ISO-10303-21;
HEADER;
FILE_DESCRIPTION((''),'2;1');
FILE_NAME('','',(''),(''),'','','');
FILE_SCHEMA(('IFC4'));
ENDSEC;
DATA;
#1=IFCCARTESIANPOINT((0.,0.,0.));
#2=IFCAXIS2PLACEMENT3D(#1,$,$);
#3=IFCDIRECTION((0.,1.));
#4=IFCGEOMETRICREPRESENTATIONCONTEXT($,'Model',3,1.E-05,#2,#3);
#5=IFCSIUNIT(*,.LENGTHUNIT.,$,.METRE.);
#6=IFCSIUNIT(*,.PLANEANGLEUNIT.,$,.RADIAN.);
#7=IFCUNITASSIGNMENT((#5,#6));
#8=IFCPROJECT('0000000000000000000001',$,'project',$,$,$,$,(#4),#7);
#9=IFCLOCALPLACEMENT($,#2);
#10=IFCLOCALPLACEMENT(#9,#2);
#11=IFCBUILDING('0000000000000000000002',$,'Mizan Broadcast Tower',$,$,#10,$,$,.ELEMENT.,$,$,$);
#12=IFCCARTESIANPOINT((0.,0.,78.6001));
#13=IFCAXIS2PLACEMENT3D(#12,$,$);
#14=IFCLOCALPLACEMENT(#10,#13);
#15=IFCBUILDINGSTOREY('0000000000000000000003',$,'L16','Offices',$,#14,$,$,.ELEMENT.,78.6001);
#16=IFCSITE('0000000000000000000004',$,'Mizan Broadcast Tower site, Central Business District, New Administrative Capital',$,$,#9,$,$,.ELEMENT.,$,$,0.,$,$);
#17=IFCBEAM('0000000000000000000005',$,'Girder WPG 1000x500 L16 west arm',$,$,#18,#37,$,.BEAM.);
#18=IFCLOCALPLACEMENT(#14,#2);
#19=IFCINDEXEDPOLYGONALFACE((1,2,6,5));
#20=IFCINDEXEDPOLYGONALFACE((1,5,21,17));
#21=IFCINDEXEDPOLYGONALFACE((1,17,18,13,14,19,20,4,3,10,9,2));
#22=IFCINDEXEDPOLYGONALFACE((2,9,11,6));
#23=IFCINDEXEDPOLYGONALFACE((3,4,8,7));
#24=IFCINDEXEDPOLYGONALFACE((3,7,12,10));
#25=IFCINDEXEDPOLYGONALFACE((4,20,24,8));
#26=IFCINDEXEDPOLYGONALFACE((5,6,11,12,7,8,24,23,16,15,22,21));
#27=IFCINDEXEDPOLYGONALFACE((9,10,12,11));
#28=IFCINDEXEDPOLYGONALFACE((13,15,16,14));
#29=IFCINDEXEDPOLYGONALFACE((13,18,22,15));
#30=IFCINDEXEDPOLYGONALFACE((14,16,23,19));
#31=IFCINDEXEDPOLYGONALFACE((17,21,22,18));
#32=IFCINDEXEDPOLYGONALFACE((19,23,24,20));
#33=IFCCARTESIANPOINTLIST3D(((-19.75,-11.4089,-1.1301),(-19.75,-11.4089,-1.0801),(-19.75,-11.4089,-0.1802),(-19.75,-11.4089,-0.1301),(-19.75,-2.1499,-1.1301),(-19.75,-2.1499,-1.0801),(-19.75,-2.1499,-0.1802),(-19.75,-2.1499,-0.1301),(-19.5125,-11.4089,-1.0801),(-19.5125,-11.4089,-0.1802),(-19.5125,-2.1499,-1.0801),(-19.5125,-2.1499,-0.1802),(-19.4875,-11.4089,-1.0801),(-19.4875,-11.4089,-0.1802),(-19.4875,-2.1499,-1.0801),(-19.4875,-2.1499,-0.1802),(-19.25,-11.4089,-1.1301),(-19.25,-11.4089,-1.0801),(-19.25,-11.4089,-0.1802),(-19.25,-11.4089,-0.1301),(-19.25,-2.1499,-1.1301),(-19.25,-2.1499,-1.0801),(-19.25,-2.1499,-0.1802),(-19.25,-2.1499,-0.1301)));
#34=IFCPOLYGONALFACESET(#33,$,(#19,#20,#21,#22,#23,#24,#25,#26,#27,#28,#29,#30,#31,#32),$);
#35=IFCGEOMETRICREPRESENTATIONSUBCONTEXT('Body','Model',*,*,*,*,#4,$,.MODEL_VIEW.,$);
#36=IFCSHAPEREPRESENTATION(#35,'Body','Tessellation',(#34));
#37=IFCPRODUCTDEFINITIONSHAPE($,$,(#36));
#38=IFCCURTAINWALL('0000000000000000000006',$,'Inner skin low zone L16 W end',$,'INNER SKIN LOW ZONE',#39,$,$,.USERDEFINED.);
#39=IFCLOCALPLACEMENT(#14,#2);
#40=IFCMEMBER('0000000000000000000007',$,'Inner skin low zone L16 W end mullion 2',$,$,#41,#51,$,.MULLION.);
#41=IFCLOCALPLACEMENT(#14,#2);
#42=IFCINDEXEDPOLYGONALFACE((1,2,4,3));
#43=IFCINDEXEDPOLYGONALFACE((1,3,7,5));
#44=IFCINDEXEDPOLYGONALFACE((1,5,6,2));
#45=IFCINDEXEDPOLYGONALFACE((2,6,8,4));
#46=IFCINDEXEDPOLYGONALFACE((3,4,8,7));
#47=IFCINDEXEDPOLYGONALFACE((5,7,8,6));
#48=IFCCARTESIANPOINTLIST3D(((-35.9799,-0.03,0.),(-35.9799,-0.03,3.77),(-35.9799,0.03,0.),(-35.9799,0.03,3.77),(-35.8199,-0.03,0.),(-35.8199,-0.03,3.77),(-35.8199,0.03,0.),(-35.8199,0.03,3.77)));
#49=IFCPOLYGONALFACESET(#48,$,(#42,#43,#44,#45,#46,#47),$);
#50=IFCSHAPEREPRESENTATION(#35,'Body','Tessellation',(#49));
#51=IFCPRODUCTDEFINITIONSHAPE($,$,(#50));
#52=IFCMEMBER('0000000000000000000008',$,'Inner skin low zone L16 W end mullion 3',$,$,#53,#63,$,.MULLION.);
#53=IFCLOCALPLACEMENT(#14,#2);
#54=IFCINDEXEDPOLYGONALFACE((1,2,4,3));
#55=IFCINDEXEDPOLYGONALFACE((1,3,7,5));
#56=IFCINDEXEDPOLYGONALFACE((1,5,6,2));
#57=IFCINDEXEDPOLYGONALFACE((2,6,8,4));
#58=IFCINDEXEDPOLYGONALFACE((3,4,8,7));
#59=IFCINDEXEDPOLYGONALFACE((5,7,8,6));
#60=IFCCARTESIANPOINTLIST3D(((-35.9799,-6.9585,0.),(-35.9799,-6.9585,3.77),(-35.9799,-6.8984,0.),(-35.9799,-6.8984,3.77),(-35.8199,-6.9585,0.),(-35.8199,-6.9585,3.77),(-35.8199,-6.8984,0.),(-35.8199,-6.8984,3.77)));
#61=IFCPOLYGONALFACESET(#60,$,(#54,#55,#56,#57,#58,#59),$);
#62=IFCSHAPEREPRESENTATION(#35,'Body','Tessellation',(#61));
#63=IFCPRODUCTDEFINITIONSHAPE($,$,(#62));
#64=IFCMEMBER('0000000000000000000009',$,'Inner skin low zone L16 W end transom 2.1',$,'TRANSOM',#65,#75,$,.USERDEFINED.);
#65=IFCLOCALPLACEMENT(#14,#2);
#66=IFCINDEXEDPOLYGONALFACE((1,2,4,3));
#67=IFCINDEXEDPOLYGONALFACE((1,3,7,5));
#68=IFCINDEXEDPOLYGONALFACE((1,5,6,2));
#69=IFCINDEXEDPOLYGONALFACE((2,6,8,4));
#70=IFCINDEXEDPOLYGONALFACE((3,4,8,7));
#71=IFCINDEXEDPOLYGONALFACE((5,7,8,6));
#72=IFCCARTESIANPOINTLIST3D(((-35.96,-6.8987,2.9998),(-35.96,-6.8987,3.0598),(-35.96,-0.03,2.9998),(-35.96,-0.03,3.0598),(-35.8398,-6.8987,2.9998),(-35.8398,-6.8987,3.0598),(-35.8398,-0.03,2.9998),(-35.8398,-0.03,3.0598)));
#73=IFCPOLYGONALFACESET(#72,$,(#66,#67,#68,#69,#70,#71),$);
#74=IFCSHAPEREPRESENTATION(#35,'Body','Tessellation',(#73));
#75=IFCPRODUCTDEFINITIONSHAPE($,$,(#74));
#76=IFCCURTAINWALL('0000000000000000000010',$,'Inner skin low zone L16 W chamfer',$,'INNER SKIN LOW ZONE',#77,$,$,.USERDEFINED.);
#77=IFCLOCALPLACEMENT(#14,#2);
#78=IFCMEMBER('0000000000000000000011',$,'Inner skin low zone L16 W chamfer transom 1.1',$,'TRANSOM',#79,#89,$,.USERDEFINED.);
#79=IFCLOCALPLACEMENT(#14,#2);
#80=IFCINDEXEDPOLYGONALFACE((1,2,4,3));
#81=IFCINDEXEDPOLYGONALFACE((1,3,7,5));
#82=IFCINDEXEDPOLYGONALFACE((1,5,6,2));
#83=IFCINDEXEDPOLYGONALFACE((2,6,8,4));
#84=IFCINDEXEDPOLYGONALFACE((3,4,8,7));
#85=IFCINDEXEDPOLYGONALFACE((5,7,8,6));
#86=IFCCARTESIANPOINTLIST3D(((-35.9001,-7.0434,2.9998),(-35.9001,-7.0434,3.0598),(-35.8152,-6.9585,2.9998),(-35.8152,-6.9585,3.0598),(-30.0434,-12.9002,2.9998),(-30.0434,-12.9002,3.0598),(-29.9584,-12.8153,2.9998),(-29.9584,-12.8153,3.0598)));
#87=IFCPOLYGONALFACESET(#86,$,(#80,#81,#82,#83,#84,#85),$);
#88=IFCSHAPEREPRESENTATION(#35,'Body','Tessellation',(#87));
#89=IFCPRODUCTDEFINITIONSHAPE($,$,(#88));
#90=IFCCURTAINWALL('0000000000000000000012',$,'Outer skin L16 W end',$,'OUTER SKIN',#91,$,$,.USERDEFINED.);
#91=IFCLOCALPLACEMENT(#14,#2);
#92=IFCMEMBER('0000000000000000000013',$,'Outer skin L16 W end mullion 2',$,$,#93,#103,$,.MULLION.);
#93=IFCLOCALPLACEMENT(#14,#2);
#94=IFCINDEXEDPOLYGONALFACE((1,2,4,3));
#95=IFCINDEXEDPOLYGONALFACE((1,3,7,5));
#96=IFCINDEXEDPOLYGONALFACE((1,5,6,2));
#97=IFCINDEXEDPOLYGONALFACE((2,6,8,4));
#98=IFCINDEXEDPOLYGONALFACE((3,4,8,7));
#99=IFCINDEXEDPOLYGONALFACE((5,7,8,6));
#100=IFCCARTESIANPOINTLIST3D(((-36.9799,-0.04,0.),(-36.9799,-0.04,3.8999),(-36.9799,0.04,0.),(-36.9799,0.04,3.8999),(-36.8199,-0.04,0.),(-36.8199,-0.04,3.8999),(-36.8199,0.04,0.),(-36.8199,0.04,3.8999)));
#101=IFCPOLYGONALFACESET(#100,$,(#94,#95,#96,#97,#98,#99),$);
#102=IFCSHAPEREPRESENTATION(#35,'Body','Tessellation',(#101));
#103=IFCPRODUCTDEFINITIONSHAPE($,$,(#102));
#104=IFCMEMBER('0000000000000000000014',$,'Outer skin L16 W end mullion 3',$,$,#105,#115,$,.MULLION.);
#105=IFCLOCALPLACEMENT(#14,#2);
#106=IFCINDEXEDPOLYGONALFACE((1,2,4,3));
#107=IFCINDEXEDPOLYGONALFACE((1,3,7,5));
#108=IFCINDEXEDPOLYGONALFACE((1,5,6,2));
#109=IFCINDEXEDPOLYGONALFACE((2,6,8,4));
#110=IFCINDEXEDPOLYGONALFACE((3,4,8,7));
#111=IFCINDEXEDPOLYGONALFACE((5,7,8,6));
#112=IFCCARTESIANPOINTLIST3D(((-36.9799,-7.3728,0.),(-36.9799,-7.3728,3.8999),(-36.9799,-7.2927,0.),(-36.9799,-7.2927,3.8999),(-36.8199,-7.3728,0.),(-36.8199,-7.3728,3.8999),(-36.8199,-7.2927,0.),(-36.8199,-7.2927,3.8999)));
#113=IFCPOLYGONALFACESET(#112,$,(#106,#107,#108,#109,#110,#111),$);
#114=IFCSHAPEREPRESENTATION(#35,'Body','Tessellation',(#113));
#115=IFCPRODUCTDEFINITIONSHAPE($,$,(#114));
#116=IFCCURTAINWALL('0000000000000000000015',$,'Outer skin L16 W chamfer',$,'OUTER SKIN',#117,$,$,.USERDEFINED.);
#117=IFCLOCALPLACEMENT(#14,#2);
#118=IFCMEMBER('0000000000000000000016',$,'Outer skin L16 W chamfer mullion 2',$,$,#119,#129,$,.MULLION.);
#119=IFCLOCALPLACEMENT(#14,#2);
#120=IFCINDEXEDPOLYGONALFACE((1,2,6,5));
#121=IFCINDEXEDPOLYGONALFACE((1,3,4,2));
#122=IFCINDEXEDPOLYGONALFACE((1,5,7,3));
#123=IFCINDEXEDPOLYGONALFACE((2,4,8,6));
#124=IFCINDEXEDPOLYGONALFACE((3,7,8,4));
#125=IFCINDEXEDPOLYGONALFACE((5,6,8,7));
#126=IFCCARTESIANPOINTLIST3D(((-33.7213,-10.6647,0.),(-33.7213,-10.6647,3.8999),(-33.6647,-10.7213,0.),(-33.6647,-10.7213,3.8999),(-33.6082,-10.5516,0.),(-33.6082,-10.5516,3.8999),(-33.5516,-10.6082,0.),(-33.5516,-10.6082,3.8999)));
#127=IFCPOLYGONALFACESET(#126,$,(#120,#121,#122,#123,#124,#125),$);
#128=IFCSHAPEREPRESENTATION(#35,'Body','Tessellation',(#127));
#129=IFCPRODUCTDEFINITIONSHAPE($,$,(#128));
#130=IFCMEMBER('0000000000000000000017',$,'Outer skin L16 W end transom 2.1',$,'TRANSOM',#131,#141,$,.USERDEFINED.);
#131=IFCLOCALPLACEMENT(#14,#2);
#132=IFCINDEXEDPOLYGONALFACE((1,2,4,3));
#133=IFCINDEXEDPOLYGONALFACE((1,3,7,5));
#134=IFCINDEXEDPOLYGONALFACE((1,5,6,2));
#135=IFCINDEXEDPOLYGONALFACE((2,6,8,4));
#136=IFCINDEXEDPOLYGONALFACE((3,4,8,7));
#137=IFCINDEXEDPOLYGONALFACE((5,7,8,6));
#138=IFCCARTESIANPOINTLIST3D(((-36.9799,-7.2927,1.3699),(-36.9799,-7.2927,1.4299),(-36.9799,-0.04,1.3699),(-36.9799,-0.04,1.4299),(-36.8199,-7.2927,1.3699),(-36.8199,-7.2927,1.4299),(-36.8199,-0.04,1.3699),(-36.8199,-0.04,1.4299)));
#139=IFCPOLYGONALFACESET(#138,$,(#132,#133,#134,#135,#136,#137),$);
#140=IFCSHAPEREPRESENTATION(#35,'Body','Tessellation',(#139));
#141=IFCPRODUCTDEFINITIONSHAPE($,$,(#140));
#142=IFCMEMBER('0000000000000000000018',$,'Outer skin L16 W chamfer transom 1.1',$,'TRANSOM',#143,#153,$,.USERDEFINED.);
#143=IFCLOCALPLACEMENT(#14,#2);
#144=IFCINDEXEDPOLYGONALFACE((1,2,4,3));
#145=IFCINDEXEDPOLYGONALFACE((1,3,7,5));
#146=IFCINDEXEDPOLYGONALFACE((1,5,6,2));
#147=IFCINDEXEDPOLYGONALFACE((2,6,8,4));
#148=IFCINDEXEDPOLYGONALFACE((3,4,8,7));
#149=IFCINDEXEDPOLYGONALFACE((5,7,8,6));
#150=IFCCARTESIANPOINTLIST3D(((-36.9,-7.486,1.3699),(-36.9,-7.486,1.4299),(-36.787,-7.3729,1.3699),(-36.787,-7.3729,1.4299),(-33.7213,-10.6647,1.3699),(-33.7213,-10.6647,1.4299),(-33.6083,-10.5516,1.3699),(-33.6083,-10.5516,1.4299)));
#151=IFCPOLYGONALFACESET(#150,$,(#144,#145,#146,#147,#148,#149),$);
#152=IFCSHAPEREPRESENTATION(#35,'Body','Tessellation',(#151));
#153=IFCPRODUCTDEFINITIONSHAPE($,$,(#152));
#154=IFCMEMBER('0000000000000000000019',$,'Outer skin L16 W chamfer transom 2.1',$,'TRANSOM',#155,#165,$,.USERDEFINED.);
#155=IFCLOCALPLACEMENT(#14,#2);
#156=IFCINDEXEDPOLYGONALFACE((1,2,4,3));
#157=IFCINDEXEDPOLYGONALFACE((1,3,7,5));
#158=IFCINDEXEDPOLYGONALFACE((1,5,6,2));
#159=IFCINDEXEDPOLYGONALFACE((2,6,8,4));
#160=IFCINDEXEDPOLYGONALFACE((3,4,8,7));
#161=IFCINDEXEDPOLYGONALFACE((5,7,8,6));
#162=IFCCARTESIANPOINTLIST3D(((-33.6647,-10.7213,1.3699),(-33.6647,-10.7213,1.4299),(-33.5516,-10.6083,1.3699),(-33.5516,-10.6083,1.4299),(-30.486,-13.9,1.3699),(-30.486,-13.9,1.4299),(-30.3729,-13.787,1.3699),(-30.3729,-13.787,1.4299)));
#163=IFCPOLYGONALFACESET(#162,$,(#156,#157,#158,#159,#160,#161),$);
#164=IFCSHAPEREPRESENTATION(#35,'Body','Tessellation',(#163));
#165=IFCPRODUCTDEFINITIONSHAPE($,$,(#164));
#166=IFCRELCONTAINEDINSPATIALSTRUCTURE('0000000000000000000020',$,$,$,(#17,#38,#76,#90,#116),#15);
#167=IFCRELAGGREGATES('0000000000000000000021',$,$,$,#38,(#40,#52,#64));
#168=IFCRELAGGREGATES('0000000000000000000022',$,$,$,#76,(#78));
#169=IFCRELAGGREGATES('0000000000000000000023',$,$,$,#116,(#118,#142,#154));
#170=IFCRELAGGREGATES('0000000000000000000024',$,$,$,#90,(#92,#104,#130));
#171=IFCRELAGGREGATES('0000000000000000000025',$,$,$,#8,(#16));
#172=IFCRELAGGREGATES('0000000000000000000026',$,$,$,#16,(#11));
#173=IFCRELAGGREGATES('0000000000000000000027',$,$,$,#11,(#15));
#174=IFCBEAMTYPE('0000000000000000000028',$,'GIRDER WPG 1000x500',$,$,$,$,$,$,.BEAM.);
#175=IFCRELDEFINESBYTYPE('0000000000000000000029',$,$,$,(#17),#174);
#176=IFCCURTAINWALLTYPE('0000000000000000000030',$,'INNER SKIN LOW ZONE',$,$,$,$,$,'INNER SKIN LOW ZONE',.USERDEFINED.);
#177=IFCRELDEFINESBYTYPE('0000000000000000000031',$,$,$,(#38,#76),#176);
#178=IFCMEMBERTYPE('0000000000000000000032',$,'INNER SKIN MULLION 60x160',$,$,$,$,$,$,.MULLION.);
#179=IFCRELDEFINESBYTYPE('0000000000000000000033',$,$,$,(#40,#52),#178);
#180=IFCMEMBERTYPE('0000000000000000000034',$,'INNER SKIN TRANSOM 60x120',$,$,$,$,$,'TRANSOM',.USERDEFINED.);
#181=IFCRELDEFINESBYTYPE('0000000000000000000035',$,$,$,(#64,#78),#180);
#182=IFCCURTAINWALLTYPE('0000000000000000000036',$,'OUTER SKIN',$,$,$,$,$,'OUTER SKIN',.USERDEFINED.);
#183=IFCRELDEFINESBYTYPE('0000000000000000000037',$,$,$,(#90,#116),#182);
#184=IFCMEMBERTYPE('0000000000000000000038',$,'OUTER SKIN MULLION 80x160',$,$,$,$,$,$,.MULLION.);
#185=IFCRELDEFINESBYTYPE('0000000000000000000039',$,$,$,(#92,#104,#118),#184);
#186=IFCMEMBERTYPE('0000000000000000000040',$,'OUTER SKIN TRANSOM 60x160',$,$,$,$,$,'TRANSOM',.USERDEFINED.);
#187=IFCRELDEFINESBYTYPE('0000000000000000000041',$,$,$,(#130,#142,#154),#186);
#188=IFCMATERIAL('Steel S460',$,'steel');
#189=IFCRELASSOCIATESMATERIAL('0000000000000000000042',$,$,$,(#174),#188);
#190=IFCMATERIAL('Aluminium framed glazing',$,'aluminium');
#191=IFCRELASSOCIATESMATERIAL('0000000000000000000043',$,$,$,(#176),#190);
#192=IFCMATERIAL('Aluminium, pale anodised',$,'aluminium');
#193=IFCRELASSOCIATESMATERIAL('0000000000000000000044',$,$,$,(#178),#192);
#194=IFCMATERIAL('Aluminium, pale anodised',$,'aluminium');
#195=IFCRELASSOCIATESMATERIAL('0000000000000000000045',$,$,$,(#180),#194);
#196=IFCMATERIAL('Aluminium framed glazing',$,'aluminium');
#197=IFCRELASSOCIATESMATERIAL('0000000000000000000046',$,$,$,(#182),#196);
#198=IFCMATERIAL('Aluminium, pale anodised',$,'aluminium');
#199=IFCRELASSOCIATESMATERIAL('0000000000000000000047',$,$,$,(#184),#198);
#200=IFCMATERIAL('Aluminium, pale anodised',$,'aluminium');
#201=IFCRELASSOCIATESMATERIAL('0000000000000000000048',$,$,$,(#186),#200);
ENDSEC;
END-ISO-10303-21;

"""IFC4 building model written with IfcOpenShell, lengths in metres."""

from ifc_helpers import new_model, si_unit, direction, frame, origin, origin_2d, place, context, subcontext, project, spatial, rectangle, i_section, extrude, material, material_profile, profile_set, type_object, element, aggregate, save


model = new_model("IFC4")

# Units and contexts
model_context = context("Model", 3, precision=1e-05, world=origin(), true_north=direction((0.0, 1.0)))
body_context = subcontext(model_context, "Body", "Model", "MODEL_VIEW")
ifc_project = project(units=[si_unit("LENGTHUNIT", "METRE"), si_unit("PLANEANGLEUNIT", "RADIAN")], contexts=[model_context])

# Site, building, storey
site_placement = place(None, origin())
site = spatial("IfcSite", under=ifc_project, at=site_placement, Name="Mizan Broadcast Tower site, Central Business District, New Administrative Capital", CompositionType="ELEMENT", RefElevation=0.0)
building_placement = place(site_placement, origin())
building = spatial("IfcBuilding", under=site, at=building_placement, Name="Mizan Broadcast Tower", CompositionType="ELEMENT")
storey_placement = place(building_placement, frame((0.0, 0.0, 78.6001)))
storey = spatial("IfcBuildingStorey", under=building, at=storey_placement, Name="L16", Description="Offices", CompositionType="ELEMENT", Elevation=78.6001)

# Beam
ifc_material_1 = material(Name="Steel S460", Category="steel")
ifc_material_profile_1 = material_profile(ifc_material_1, i_section(OverallWidth=0.5, OverallDepth=1.0, WebThickness=0.0249, FlangeThickness=0.05, at=origin_2d()), Name="WPG 1000x500")
ifc_profile_set_1 = profile_set([ifc_material_profile_1], Name="Steel S460")
beam_type_1 = type_object("IfcBeamType", Name="GIRDER WPG 1000x500", PredefinedType="BEAM", material=ifc_profile_set_1)
beam_1_placement = place(storey_placement, frame((-19.5, -11.4089, -0.6301), z_axis=(0.0, 1.0, 0.0), x_axis=(-1.0, 0.0, 0.0)))
element("IfcBeam", 1, at=beam_1_placement, inside=storey, type_object=beam_type_1, Name="Girder WPG 1000x500 L16 west arm", PredefinedType="BEAM", context=body_context, shape_type="SweptSolid", body=[
    extrude(i_section(OverallWidth=0.5, OverallDepth=1.0, WebThickness=0.0249, FlangeThickness=0.05, at=origin_2d()), origin(), (0.0, 0.0, 1.0), 9.259),
])

# Curtain wall, members
ifc_material_2 = material(Name="Aluminium framed glazing", Category="aluminium")
curtain_wall_type_1 = type_object("IfcCurtainWallType", Name="INNER SKIN LOW ZONE", ElementType="INNER SKIN LOW ZONE", PredefinedType="USERDEFINED", material=ifc_material_2)
curtain_wall_1_placement = place(storey_placement, origin())
curtain_wall_1 = element("IfcCurtainWall", 2, at=curtain_wall_1_placement, inside=storey, type_object=curtain_wall_type_1, Name="Inner skin low zone L16 W end", ObjectType="INNER SKIN LOW ZONE", PredefinedType="USERDEFINED")
ifc_material_3 = material(Name="Aluminium, pale anodised", Category="aluminium")
ifc_material_profile_2 = material_profile(ifc_material_3, rectangle(XDim=0.1599, YDim=0.0601, at=origin_2d()), Name="MULLION 160x60")
ifc_profile_set_2 = profile_set([ifc_material_profile_2], Name="Aluminium, pale anodised")
member_type_1 = type_object("IfcMemberType", Name="INNER SKIN MULLION 60x160", PredefinedType="MULLION", material=ifc_profile_set_2)
member_1_placement = place(storey_placement, frame((-35.8999, 0.0, 0.0), z_axis=(0.0, 0.0, 1.0), x_axis=(1.0, 0.0, 0.0)))
member_1 = element("IfcMember", 3, at=member_1_placement, type_object=member_type_1, Name="Inner skin low zone L16 W end mullion 2", PredefinedType="MULLION", context=body_context, shape_type="SweptSolid", body=[
    extrude(rectangle(XDim=0.1599, YDim=0.0601, at=origin_2d()), origin(), (0.0, 0.0, 1.0), 3.77),
])
member_2_placement = place(storey_placement, frame((-35.8999, -6.9285, 0.0), z_axis=(0.0, 0.0, 1.0), x_axis=(1.0, 0.0, 0.0)))
member_2 = element("IfcMember", 4, at=member_2_placement, type_object=member_type_1, Name="Inner skin low zone L16 W end mullion 3", PredefinedType="MULLION", context=body_context, shape_type="SweptSolid", body=[
    extrude(rectangle(XDim=0.1599, YDim=0.0601, at=origin_2d()), origin(), (0.0, 0.0, 1.0), 3.77),
])
ifc_material_4 = material(Name="Aluminium, pale anodised", Category="aluminium")
ifc_material_profile_3 = material_profile(ifc_material_4, rectangle(XDim=0.1201, YDim=0.0601, at=origin_2d()), Name="TRANSOM 120x60")
ifc_profile_set_3 = profile_set([ifc_material_profile_3], Name="Aluminium, pale anodised")
member_type_2 = type_object("IfcMemberType", Name="INNER SKIN TRANSOM 60x120", ElementType="TRANSOM", PredefinedType="USERDEFINED", material=ifc_profile_set_3)
member_3_placement = place(storey_placement, frame((-35.8999, -0.03, 3.0298), z_axis=(0.0, -1.0, 0.0), x_axis=(1.0, 0.0, 0.0)))
member_3 = element("IfcMember", 5, at=member_3_placement, type_object=member_type_2, Name="Inner skin low zone L16 W end transom 2.1", ObjectType="TRANSOM", PredefinedType="USERDEFINED", context=body_context, shape_type="SweptSolid", body=[
    extrude(rectangle(XDim=0.1201, YDim=0.0601, at=origin_2d()), origin(), (0.0, 0.0, 1.0), 6.8687),
])

# Curtain wall, member
curtain_wall_2_placement = place(storey_placement, origin())
curtain_wall_2 = element("IfcCurtainWall", 6, at=curtain_wall_2_placement, inside=storey, type_object=curtain_wall_type_1, Name="Inner skin low zone L16 W chamfer", ObjectType="INNER SKIN LOW ZONE", PredefinedType="USERDEFINED")
member_4_placement = place(storey_placement, frame((-35.8577, -7.001, 3.0298), z_axis=(0.707107, -0.707107, 0.0), x_axis=(0.707107, 0.707107, 0.0)))
member_4 = element("IfcMember", 7, at=member_4_placement, type_object=member_type_2, Name="Inner skin low zone L16 W chamfer transom 1.1", ObjectType="TRANSOM", PredefinedType="USERDEFINED", context=body_context, shape_type="SweptSolid", body=[
    extrude(rectangle(XDim=0.1201, YDim=0.0601, at=origin_2d()), origin(), (0.0, 0.0, 1.0), 8.2827),
])

# Curtain wall, members
ifc_material_5 = material(Name="Aluminium framed glazing", Category="aluminium")
curtain_wall_type_2 = type_object("IfcCurtainWallType", Name="OUTER SKIN", ElementType="OUTER SKIN", PredefinedType="USERDEFINED", material=ifc_material_5)
curtain_wall_3_placement = place(storey_placement, origin())
curtain_wall_3 = element("IfcCurtainWall", 8, at=curtain_wall_3_placement, inside=storey, type_object=curtain_wall_type_2, Name="Outer skin L16 W end", ObjectType="OUTER SKIN", PredefinedType="USERDEFINED")
ifc_material_6 = material(Name="Aluminium, pale anodised", Category="aluminium")
ifc_material_profile_4 = material_profile(ifc_material_6, rectangle(XDim=0.1599, YDim=0.0801, at=origin_2d()), Name="MULLION 160x80")
ifc_profile_set_4 = profile_set([ifc_material_profile_4], Name="Aluminium, pale anodised")
member_type_3 = type_object("IfcMemberType", Name="OUTER SKIN MULLION 80x160", PredefinedType="MULLION", material=ifc_profile_set_4)
member_5_placement = place(storey_placement, frame((-36.8999, 0.0, 0.0), z_axis=(0.0, 0.0, 1.0), x_axis=(1.0, 0.0, 0.0)))
member_5 = element("IfcMember", 9, at=member_5_placement, type_object=member_type_3, Name="Outer skin L16 W end mullion 2", PredefinedType="MULLION", context=body_context, shape_type="SweptSolid", body=[
    extrude(rectangle(XDim=0.1599, YDim=0.0801, at=origin_2d()), origin(), (0.0, 0.0, 1.0), 3.8999),
])
member_6_placement = place(storey_placement, frame((-36.8999, -7.3328, 0.0), z_axis=(0.0, 0.0, 1.0), x_axis=(1.0, 0.0, 0.0)))
member_6 = element("IfcMember", 10, at=member_6_placement, type_object=member_type_3, Name="Outer skin L16 W end mullion 3", PredefinedType="MULLION", context=body_context, shape_type="SweptSolid", body=[
    extrude(rectangle(XDim=0.1599, YDim=0.0801, at=origin_2d()), origin(), (0.0, 0.0, 1.0), 3.8999),
])

# Curtain wall, member
curtain_wall_4_placement = place(storey_placement, origin())
curtain_wall_4 = element("IfcCurtainWall", 11, at=curtain_wall_4_placement, inside=storey, type_object=curtain_wall_type_2, Name="Outer skin L16 W chamfer", ObjectType="OUTER SKIN", PredefinedType="USERDEFINED")
member_7_placement = place(storey_placement, frame((-33.6365, -10.6365, 0.0), z_axis=(0.0, 0.0, 1.0), x_axis=(0.707107, 0.707107, 0.0)))
member_7 = element("IfcMember", 12, at=member_7_placement, type_object=member_type_3, Name="Outer skin L16 W chamfer mullion 2", PredefinedType="MULLION", context=body_context, shape_type="SweptSolid", body=[
    extrude(rectangle(XDim=0.1599, YDim=0.0801, at=origin_2d()), origin(), (0.0, 0.0, 1.0), 3.8999),
])

# Members
ifc_material_7 = material(Name="Aluminium, pale anodised", Category="aluminium")
ifc_material_profile_5 = material_profile(ifc_material_7, rectangle(XDim=0.1599, YDim=0.0601, at=origin_2d()), Name="TRANSOM 160x60")
ifc_profile_set_5 = profile_set([ifc_material_profile_5], Name="Aluminium, pale anodised")
member_type_4 = type_object("IfcMemberType", Name="OUTER SKIN TRANSOM 60x160", ElementType="TRANSOM", PredefinedType="USERDEFINED", material=ifc_profile_set_5)
member_8_placement = place(storey_placement, frame((-36.8999, -0.04, 1.3999), z_axis=(0.0, -1.0, 0.0), x_axis=(1.0, 0.0, 0.0)))
member_8 = element("IfcMember", 13, at=member_8_placement, type_object=member_type_4, Name="Outer skin L16 W end transom 2.1", ObjectType="TRANSOM", PredefinedType="USERDEFINED", context=body_context, shape_type="SweptSolid", body=[
    extrude(rectangle(XDim=0.1599, YDim=0.0601, at=origin_2d()), origin(), (0.0, 0.0, 1.0), 7.2527),
])
member_9_placement = place(storey_placement, frame((-36.8435, -7.4294, 1.3999), z_axis=(0.707107, -0.707107, 0.0), x_axis=(0.707107, 0.707107, 0.0)))
member_9 = element("IfcMember", 14, at=member_9_placement, type_object=member_type_4, Name="Outer skin L16 W chamfer transom 1.1", ObjectType="TRANSOM", PredefinedType="USERDEFINED", context=body_context, shape_type="SweptSolid", body=[
    extrude(rectangle(XDim=0.1599, YDim=0.0601, at=origin_2d()), origin(), (0.0, 0.0, 1.0), 4.4954),
])
member_10_placement = place(storey_placement, frame((-33.6082, -10.6648, 1.3999), z_axis=(0.707107, -0.707107, 0.0), x_axis=(0.707107, 0.707107, 0.0)))
member_10 = element("IfcMember", 15, at=member_10_placement, type_object=member_type_4, Name="Outer skin L16 W chamfer transom 2.1", ObjectType="TRANSOM", PredefinedType="USERDEFINED", context=body_context, shape_type="SweptSolid", body=[
    extrude(rectangle(XDim=0.1599, YDim=0.0601, at=origin_2d()), origin(), (0.0, 0.0, 1.0), 4.4954),
])

aggregate(curtain_wall_1, [member_1, member_2, member_3])
aggregate(curtain_wall_2, [member_4])
aggregate(curtain_wall_4, [member_7, member_9, member_10])
aggregate(curtain_wall_3, [member_5, member_6, member_8])

save(model, "model.ifc")
